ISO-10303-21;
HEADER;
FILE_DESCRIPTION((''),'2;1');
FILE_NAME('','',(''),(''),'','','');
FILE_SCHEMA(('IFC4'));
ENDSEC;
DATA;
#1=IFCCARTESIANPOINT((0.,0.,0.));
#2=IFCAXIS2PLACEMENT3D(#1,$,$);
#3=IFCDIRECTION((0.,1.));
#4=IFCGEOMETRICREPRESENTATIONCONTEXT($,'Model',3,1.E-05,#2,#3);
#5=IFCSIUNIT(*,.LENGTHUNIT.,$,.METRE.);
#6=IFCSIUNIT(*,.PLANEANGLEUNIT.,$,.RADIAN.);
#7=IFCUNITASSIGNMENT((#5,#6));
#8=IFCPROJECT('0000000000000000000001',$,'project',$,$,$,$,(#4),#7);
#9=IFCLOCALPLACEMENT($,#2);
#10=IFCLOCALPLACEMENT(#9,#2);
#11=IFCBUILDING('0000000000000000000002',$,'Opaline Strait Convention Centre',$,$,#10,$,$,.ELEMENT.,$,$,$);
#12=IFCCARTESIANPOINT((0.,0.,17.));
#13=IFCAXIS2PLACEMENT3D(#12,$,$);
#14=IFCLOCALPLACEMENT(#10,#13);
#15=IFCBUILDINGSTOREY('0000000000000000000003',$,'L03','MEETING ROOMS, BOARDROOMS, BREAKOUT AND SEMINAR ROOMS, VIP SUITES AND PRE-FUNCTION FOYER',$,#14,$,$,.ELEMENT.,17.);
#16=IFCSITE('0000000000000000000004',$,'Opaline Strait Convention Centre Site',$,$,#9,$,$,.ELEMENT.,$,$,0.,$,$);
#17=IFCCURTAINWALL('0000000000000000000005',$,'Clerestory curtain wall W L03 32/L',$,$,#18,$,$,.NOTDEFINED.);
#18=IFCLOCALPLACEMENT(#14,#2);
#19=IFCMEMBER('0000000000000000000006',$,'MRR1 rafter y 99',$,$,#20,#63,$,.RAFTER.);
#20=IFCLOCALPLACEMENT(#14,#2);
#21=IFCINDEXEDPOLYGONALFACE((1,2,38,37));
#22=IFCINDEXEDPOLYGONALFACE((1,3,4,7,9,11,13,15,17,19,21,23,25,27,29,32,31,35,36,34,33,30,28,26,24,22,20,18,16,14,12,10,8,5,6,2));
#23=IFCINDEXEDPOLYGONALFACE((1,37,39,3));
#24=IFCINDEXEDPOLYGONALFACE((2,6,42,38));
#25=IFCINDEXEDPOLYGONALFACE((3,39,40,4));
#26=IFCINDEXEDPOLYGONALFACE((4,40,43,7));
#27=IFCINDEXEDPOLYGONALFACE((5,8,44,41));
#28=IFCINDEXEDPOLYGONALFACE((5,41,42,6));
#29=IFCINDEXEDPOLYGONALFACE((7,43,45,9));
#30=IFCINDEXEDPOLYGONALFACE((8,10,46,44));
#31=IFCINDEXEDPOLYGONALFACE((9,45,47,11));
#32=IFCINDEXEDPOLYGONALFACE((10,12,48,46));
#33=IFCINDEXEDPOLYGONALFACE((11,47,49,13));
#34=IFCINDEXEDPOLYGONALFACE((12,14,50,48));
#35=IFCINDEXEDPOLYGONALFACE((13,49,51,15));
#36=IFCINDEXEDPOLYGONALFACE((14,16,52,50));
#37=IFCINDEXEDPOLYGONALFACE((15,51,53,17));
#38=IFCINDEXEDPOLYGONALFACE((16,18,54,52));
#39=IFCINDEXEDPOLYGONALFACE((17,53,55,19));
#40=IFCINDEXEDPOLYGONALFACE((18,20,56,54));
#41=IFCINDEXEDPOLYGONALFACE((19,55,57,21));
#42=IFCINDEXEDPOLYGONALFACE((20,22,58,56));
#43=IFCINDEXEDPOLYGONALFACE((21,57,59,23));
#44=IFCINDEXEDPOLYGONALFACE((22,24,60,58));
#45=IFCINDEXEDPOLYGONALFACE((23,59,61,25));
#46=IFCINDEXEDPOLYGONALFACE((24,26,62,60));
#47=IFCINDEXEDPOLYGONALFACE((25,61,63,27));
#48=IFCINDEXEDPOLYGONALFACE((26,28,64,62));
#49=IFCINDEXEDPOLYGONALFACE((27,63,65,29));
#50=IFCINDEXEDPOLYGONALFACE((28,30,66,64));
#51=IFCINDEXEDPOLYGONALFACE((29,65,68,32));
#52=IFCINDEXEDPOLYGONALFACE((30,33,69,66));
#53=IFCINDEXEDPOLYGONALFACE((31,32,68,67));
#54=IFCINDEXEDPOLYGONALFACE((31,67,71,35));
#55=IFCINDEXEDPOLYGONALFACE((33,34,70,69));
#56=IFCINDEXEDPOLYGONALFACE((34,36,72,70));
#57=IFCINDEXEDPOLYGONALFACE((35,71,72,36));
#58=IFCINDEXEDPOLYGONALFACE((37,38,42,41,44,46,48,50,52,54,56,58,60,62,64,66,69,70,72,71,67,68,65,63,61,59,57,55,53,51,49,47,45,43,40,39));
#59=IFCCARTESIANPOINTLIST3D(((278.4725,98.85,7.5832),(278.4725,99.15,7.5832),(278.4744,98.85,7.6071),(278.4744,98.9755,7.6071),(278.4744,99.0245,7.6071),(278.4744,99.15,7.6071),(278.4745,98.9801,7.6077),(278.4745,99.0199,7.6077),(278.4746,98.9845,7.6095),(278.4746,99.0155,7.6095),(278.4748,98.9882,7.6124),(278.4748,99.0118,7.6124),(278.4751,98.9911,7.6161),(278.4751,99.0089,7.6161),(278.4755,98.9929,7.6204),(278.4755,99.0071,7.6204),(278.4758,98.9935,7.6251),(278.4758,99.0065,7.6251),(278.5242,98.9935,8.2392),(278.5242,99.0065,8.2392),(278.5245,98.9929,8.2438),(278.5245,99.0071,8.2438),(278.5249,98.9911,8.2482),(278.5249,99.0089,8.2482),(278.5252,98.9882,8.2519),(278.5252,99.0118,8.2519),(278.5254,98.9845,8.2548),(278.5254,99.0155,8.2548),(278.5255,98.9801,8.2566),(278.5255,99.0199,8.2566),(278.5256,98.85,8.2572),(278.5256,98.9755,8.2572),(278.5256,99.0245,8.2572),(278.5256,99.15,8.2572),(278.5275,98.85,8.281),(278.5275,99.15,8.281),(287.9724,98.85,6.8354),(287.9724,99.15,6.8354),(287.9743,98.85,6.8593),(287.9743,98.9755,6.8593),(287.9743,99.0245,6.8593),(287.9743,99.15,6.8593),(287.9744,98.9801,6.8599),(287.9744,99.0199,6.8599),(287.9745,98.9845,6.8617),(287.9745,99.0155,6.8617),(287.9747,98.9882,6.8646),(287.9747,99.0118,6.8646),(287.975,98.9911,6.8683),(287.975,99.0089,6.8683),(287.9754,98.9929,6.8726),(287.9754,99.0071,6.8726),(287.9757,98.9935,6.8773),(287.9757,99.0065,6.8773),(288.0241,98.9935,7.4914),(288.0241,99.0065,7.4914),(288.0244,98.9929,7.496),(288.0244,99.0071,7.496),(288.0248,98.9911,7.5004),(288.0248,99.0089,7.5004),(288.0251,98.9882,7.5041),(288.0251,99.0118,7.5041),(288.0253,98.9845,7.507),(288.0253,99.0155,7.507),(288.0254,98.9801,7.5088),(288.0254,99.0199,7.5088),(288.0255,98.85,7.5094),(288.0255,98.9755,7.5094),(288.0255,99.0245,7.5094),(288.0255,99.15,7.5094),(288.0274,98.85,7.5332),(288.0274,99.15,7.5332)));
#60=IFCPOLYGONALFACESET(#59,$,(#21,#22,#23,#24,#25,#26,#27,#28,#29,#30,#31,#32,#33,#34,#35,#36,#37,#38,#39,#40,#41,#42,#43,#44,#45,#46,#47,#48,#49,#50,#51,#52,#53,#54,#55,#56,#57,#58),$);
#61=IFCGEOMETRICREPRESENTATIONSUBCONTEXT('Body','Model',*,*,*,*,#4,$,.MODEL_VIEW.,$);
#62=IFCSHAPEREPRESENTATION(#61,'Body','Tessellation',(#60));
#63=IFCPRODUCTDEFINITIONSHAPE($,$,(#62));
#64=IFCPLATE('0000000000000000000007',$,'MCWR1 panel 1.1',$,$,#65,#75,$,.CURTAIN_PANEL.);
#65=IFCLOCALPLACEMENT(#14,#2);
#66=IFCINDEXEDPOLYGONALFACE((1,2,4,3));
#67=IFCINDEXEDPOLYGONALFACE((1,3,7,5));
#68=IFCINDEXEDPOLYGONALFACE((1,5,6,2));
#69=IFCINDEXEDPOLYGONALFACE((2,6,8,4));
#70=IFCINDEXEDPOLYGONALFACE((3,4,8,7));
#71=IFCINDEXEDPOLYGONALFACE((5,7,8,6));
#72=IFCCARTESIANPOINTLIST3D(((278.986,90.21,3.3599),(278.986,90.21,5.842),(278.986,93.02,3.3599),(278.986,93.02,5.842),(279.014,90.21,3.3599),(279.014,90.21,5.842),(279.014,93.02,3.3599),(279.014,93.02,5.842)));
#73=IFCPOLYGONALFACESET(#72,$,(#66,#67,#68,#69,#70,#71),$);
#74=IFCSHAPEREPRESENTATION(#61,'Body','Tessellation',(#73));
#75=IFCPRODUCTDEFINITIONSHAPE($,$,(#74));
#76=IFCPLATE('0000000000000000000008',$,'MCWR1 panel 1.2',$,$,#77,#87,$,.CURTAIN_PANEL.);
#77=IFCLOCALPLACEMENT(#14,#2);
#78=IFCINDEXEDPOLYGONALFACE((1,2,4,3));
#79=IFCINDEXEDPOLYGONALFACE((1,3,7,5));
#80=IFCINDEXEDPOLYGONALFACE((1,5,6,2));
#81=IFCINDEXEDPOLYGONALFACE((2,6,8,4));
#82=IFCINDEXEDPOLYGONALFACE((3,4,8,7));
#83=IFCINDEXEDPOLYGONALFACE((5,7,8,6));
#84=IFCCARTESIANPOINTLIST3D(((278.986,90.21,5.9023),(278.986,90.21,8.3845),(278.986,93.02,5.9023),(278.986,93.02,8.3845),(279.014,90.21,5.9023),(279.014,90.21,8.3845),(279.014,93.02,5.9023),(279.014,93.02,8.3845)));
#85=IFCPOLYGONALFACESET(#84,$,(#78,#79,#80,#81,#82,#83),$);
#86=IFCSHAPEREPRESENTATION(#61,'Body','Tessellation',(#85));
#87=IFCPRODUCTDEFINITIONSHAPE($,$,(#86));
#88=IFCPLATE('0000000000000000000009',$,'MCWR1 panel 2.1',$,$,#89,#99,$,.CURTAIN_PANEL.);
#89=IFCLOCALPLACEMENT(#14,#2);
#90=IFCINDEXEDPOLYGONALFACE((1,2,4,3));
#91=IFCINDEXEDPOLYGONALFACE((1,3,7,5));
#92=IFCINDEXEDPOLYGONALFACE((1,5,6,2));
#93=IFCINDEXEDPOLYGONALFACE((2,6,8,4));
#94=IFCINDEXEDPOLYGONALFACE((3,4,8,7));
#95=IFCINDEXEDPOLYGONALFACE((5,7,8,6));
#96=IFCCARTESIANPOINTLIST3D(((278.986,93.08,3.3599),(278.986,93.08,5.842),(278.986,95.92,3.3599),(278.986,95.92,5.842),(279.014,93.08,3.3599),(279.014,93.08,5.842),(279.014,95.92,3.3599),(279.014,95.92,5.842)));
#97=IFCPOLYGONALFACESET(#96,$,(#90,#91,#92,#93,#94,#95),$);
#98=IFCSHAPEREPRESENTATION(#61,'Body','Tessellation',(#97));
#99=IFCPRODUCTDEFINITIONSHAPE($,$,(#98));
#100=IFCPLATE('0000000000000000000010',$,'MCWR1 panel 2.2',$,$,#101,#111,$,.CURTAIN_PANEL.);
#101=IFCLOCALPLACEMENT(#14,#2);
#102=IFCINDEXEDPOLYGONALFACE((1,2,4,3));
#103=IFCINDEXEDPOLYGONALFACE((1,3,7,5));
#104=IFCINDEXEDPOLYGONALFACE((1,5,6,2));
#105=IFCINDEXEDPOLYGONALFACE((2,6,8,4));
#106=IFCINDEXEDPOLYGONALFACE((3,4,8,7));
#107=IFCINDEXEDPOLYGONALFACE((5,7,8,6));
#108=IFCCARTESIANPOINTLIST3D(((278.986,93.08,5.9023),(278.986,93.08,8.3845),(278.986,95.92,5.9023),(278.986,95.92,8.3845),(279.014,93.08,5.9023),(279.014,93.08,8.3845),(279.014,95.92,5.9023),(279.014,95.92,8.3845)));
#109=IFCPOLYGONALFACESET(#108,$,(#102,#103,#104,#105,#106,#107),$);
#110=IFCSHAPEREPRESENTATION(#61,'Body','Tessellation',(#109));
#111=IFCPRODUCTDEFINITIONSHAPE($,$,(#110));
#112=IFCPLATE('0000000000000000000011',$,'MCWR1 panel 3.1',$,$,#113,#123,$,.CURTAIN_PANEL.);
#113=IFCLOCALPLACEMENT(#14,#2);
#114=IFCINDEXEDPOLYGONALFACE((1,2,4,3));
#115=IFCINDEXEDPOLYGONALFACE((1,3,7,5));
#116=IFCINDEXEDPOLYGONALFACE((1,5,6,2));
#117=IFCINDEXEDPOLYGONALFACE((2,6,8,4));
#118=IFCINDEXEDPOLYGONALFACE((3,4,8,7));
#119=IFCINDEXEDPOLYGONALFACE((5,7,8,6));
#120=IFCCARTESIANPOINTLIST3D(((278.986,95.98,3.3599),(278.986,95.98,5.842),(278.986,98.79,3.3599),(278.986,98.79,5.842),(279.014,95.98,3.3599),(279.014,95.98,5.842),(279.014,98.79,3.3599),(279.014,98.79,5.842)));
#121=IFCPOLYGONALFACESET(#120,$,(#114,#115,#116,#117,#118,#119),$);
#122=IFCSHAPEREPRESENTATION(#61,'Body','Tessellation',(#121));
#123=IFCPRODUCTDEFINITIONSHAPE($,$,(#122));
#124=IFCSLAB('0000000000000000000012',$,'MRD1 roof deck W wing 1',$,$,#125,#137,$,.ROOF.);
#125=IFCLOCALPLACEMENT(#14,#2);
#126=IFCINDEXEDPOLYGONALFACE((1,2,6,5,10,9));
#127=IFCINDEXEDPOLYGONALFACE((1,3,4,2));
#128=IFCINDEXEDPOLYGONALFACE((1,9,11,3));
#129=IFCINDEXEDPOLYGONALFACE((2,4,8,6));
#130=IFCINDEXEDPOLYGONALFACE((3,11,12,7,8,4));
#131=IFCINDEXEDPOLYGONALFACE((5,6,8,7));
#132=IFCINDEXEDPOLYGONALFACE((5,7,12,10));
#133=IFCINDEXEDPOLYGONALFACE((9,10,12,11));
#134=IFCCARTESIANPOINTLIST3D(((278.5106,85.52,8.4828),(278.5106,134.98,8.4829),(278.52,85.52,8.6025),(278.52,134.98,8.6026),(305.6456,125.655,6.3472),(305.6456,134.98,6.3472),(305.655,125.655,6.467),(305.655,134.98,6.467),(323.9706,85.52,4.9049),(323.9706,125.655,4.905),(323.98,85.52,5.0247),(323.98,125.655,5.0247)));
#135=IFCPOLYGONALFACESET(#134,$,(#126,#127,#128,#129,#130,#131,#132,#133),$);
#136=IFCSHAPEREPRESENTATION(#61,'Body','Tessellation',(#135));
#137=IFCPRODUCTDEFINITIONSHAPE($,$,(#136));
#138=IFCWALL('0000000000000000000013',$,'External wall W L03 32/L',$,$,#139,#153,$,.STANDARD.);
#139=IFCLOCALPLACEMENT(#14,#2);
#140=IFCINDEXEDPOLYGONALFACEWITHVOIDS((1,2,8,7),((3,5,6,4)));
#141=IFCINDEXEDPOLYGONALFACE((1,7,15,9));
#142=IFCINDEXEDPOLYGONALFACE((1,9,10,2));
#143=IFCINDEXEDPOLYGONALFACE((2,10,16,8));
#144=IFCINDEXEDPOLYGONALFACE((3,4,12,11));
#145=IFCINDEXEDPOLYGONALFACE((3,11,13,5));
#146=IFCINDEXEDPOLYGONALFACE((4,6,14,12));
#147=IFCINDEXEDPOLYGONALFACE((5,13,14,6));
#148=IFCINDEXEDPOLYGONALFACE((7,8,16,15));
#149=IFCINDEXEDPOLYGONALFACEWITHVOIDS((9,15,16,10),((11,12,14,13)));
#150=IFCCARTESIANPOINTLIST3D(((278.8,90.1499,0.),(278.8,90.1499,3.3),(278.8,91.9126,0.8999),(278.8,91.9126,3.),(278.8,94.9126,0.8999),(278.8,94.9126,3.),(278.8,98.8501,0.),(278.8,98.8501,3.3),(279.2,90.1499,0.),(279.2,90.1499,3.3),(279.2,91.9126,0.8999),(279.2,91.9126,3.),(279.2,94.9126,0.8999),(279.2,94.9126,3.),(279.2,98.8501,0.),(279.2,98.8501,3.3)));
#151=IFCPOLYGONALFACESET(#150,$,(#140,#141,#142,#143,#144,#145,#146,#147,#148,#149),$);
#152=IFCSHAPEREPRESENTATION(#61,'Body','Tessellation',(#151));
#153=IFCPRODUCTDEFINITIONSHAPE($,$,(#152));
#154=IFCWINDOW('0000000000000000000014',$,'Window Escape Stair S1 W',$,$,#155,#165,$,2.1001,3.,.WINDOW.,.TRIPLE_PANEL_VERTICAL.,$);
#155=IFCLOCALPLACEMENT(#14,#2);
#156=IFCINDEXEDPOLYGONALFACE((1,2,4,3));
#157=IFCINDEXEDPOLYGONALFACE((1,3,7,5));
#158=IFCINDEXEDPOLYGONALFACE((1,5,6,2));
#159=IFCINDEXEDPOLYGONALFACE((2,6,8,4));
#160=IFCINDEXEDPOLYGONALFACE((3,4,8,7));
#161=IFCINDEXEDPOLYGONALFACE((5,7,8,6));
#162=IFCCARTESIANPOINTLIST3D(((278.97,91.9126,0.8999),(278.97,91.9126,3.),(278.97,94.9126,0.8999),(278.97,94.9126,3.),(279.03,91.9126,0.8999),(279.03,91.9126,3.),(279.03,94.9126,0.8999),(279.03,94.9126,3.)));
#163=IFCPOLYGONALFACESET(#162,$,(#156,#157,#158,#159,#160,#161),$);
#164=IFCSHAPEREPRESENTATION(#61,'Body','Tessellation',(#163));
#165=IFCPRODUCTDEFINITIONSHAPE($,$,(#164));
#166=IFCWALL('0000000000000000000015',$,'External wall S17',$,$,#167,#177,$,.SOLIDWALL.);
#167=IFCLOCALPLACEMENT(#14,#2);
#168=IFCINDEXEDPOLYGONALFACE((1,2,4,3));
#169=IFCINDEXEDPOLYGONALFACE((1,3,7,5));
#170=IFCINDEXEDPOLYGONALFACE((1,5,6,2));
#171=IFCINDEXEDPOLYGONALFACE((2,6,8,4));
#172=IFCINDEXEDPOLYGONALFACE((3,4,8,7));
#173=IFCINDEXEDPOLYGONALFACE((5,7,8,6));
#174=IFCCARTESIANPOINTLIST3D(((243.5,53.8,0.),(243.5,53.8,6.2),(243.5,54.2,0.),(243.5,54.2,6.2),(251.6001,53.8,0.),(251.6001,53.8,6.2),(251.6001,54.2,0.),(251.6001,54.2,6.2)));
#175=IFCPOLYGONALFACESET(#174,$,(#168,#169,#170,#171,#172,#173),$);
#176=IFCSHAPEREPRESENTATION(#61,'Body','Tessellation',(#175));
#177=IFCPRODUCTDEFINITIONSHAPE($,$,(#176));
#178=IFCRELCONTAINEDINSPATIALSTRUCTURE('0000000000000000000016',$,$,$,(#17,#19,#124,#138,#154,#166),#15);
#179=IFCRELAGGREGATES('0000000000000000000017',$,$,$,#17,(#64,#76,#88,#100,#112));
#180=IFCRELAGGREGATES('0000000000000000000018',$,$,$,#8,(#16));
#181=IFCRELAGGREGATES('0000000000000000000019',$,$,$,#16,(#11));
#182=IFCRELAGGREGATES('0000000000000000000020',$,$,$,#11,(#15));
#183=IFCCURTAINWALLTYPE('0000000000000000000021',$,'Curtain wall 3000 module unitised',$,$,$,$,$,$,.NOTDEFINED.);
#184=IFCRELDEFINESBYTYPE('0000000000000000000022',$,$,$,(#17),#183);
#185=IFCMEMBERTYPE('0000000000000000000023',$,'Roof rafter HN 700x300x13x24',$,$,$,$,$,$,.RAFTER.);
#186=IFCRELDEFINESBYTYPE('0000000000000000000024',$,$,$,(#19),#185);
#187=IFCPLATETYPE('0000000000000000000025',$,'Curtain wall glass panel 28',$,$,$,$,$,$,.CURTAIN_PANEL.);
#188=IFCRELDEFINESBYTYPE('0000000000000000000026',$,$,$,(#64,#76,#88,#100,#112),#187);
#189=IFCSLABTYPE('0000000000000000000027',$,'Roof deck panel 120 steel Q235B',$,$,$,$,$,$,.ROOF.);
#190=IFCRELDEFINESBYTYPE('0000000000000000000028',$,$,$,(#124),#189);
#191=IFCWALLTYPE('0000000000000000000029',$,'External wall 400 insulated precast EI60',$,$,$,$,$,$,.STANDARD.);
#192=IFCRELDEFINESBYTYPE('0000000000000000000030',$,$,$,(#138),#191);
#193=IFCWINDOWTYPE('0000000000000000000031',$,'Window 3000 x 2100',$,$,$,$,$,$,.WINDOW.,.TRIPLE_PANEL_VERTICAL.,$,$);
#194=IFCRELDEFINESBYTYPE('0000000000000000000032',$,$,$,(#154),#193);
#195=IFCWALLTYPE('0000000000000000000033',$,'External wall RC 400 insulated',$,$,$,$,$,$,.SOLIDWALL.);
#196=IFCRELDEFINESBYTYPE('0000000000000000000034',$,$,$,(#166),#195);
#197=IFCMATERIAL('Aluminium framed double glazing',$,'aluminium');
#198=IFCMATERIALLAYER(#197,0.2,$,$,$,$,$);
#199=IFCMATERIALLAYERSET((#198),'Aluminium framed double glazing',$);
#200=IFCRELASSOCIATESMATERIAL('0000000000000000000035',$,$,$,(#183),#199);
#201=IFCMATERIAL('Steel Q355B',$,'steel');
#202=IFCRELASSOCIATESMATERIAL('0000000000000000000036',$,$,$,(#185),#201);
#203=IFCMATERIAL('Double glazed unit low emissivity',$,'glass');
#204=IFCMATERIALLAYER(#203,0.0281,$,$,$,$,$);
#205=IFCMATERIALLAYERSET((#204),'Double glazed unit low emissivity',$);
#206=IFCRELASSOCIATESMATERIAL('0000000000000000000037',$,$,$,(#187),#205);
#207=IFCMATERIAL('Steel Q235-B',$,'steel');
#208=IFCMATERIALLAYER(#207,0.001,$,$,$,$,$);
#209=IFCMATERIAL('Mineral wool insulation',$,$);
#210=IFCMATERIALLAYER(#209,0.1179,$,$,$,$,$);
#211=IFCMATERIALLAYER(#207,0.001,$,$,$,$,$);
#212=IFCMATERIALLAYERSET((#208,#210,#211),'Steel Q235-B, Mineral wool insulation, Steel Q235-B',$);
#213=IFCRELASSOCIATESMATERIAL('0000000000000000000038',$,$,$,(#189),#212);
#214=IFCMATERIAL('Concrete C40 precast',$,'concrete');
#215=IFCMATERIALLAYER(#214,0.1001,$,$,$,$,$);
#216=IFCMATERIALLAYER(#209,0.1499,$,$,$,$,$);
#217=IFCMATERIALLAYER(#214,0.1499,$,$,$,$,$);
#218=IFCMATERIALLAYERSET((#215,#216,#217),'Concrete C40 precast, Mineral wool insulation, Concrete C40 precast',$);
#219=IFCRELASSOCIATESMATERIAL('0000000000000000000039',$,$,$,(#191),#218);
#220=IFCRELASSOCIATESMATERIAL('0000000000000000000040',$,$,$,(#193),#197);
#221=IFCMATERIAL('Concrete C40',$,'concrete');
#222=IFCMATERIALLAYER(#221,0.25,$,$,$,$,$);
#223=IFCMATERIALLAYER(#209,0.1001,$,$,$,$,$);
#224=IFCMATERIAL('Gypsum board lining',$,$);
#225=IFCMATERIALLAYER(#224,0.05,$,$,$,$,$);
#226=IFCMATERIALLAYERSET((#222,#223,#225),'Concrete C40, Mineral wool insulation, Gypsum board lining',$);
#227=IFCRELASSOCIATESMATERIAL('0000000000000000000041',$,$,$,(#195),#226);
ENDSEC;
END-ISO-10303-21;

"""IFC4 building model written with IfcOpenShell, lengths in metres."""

from ifc_helpers import new_model, si_unit, direction, frame, frame_2d, origin, origin_2d, place, context, subcontext, project, spatial, polyline, rectangle, i_section, outline, extrude, material, layer, layer_set, material_profile, profile_set, type_object, element, fill, aggregate, save


model = new_model("IFC4")

# Units and contexts
model_context = context("Model", 3, precision=1e-05, world=origin(), true_north=direction((0.0, 1.0)))
body_context = subcontext(model_context, "Body", "Model", "MODEL_VIEW")
ifc_project = project(units=[si_unit("LENGTHUNIT", "METRE"), si_unit("PLANEANGLEUNIT", "RADIAN")], contexts=[model_context])

# Site, building, storey
site_placement = place(None, origin())
site = spatial("IfcSite", under=ifc_project, at=site_placement, Name="Opaline Strait Convention Centre Site", CompositionType="ELEMENT", RefElevation=0.0)
building_placement = place(site_placement, origin())
building = spatial("IfcBuilding", under=site, at=building_placement, Name="Opaline Strait Convention Centre", CompositionType="ELEMENT")
storey_placement = place(building_placement, frame((0.0, 0.0, 17.0)))
storey = spatial("IfcBuildingStorey", under=building, at=storey_placement, Name="L03", Description="MEETING ROOMS, BOARDROOMS, BREAKOUT AND SEMINAR ROOMS, VIP SUITES AND PRE-FUNCTION FOYER", CompositionType="ELEMENT", Elevation=17.0)

# Shared definitions
ifc_material_1 = material(Name="Steel Q355B", Category="steel")

# Curtain wall
ifc_material_2 = material(Name="Aluminium framed double glazing", Category="aluminium")
ifc_layer_1 = layer(ifc_material_2, 0.2)
ifc_layer_set_1 = layer_set([ifc_layer_1], Name="Aluminium framed double glazing")
curtain_wall_type = type_object("IfcCurtainWallType", Name="Curtain wall 3000 module unitised", PredefinedType="NOTDEFINED", material=ifc_layer_set_1)
curtain_wall_placement = place(storey_placement, origin())
curtain_wall = element("IfcCurtainWall", 1, at=curtain_wall_placement, inside=storey, type_object=curtain_wall_type, Name="Clerestory curtain wall W L03 32/L", PredefinedType="NOTDEFINED")

# Member
ifc_material_profile_1 = material_profile(ifc_material_1, i_section(OverallWidth=0.3, OverallDepth=0.7, WebThickness=0.0129, FlangeThickness=0.0239, FilletRadius=0.0181, at=origin_2d()), Name="HN 700x300x13x24")
ifc_profile_set_1 = profile_set([ifc_material_profile_1], Name="Steel Q355B")
member_type_1 = type_object("IfcMemberType", Name="Roof rafter HN 700x300x13x24", PredefinedType="RAFTER", material=ifc_profile_set_1)
for number, where, z_axis, x_axis, name in (
    (2, (278.5, 99.0, 7.9321), (0.996916, 0.0, -0.078473), (0.0, 1.0, 0.0), "MRR1 rafter y 99"),
):
    element("IfcMember", number, at=place(storey_placement, frame(where, z_axis=z_axis, x_axis=x_axis)), inside=storey, type_object=member_type_1, Name=name, PredefinedType="RAFTER", context=body_context, shape_type="SweptSolid", body=[
        extrude(i_section(OverallWidth=0.3, OverallDepth=0.7, WebThickness=0.0129, FlangeThickness=0.0239, FilletRadius=0.0181, at=origin_2d()), origin(), (0.0, 0.0, 1.0), 9.5293),
    ])

# Plates
ifc_material_3 = material(Name="Double glazed unit low emissivity", Category="glass")
ifc_layer_2 = layer(ifc_material_3, 0.0281)
ifc_layer_set_2 = layer_set([ifc_layer_2], Name="Double glazed unit low emissivity")
plate_type = type_object("IfcPlateType", Name="Curtain wall glass panel 28", PredefinedType="CURTAIN_PANEL", material=ifc_layer_set_2)
plate_1_placement = place(storey_placement, frame((279.0, 91.615, 3.3599), z_axis=(0.0, 0.0, 1.0), x_axis=(0.0, 1.0, 0.0)))
plate_1 = element("IfcPlate", 3, at=plate_1_placement, type_object=plate_type, Name="MCWR1 panel 1.1", PredefinedType="CURTAIN_PANEL", context=body_context, shape_type="SweptSolid", body=[
    extrude(rectangle(XDim=2.8101, YDim=0.0281, at=origin_2d()), origin(), (0.0, 0.0, 1.0), 2.4822),
])
plate_2_placement = place(storey_placement, frame((279.0, 91.615, 5.9023), z_axis=(0.0, 0.0, 1.0), x_axis=(0.0, 1.0, 0.0)))
plate_2 = element("IfcPlate", 4, at=plate_2_placement, type_object=plate_type, Name="MCWR1 panel 1.2", PredefinedType="CURTAIN_PANEL", context=body_context, shape_type="SweptSolid", body=[
    extrude(rectangle(XDim=2.8101, YDim=0.0281, at=origin_2d()), origin(), (0.0, 0.0, 1.0), 2.4822),
])
plate_3_placement = place(storey_placement, frame((279.0, 94.5, 3.3599), z_axis=(0.0, 0.0, 1.0), x_axis=(0.0, 1.0, 0.0)))
plate_3 = element("IfcPlate", 5, at=plate_3_placement, type_object=plate_type, Name="MCWR1 panel 2.1", PredefinedType="CURTAIN_PANEL", context=body_context, shape_type="SweptSolid", body=[
    extrude(rectangle(XDim=2.8401, YDim=0.0281, at=origin_2d()), origin(), (0.0, 0.0, 1.0), 2.4822),
])
plate_4_placement = place(storey_placement, frame((279.0, 94.5, 5.9023), z_axis=(0.0, 0.0, 1.0), x_axis=(0.0, 1.0, 0.0)))
plate_4 = element("IfcPlate", 6, at=plate_4_placement, type_object=plate_type, Name="MCWR1 panel 2.2", PredefinedType="CURTAIN_PANEL", context=body_context, shape_type="SweptSolid", body=[
    extrude(rectangle(XDim=2.8401, YDim=0.0281, at=origin_2d()), origin(), (0.0, 0.0, 1.0), 2.4822),
])
plate_5_placement = place(storey_placement, frame((279.0, 97.385, 3.3599), z_axis=(0.0, 0.0, 1.0), x_axis=(0.0, 1.0, 0.0)))
plate_5 = element("IfcPlate", 7, at=plate_5_placement, type_object=plate_type, Name="MCWR1 panel 3.1", PredefinedType="CURTAIN_PANEL", context=body_context, shape_type="SweptSolid", body=[
    extrude(rectangle(XDim=2.8101, YDim=0.0281, at=origin_2d()), origin(), (0.0, 0.0, 1.0), 2.4822),
])
aggregate(curtain_wall, [plate_1, plate_2, plate_3, plate_4, plate_5])

# Slab
ifc_material_4 = material(Name="Steel Q235-B", Category="steel")
ifc_layer_3 = layer(ifc_material_4, 0.001)
ifc_material_5 = material(Name="Mineral wool insulation")
ifc_layer_4 = layer(ifc_material_5, 0.1179)
ifc_layer_5 = layer(ifc_material_4, 0.001)
ifc_layer_set_3 = layer_set([ifc_layer_3, ifc_layer_4, ifc_layer_5], Name="Steel Q235-B, Mineral wool insulation, Steel Q235-B")
slab_type = type_object("IfcSlabType", Name="Roof deck panel 120 steel Q235B", PredefinedType="ROOF", material=ifc_layer_set_3)
slab_placement = place(storey_placement, frame((278.52, 85.52, 8.6025), z_axis=(0.078461, -0.000001, 0.996917), x_axis=(0.0, 1.0, 0.000001)))
element("IfcSlab", 8, at=slab_placement, inside=storey, type_object=slab_type, Name="MRD1 roof deck W wing 1", PredefinedType="ROOF", context=body_context, shape_type="SweptSolid", body=[
    extrude(outline(polyline([(0.0, 0.0), (49.46, 0.0), (49.46, -27.2189), (40.135, -27.2189), (40.135, -45.6005), (0.0, -45.6005), (0.0, 0.0)])), origin(), (0.0, 0.0, -1.0), 0.1201),
])

# Wall, opening, window
ifc_material_6 = material(Name="Concrete C40 precast", Category="concrete")
ifc_layer_6 = layer(ifc_material_6, 0.1001)
ifc_layer_7 = layer(ifc_material_5, 0.1499)
ifc_layer_8 = layer(ifc_material_6, 0.1499)
ifc_layer_set_4 = layer_set([ifc_layer_6, ifc_layer_7, ifc_layer_8], Name="Concrete C40 precast, Mineral wool insulation, Concrete C40 precast")
wall_type_1 = type_object("IfcWallType", Name="External wall 400 insulated precast EI60", PredefinedType="STANDARD", material=ifc_layer_set_4)
wall_1_placement = place(storey_placement, frame((279.0, 90.1499, 0.0), z_axis=(0.0, 0.0, 1.0), x_axis=(0.0, 1.0, 0.0)))
wall_1 = element("IfcWall", 9, at=wall_1_placement, inside=storey, type_object=wall_type_1, Name="External wall W L03 32/L", PredefinedType="STANDARD", context=body_context, shape_type="SweptSolid", body=[
    extrude(rectangle(XDim=8.7002, YDim=0.3999, at=frame_2d((4.3501, 0.0))), origin(), (0.0, 0.0, 1.0), 3.3),
])
opening_placement = place(wall_1_placement, frame((1.7627, 0.0, 0.8999)))
opening = element("IfcOpeningElement", 10, at=opening_placement, cuts=wall_1, PredefinedType="OPENING", context=body_context, shape_type="SweptSolid", body=[
    extrude(rectangle(XDim=3.0, YDim=2.1001, at=frame_2d((1.5, 1.05))), frame((0.0, 0.21, 0.0), z_axis=(0.0, -1.0, 0.0), x_axis=(1.0, 0.0, 0.0)), (0.0, 0.0, 1.0), 0.4199),
])
window_type = type_object("IfcWindowType", Name="Window 3000 x 2100", PartitioningType="TRIPLE_PANEL_VERTICAL", PredefinedType="WINDOW", material=ifc_material_2)
window_placement = place(opening_placement, origin())
window = element("IfcWindow", 11, at=window_placement, inside=storey, type_object=window_type, Name="Window Escape Stair S1 W", OverallHeight=2.1001, OverallWidth=3.0, PartitioningType="TRIPLE_PANEL_VERTICAL", PredefinedType="WINDOW", context=body_context, shape_type="SweptSolid", body=[
    extrude(rectangle(XDim=3.0, YDim=2.1001, at=frame_2d((1.5, 1.05))), frame((0.0, 0.03, 0.0), z_axis=(0.0, -1.0, 0.0), x_axis=(1.0, 0.0, 0.0)), (0.0, 0.0, 1.0), 0.0601),
])
fill(opening, window)

# Wall
ifc_material_7 = material(Name="Concrete C40", Category="concrete")
ifc_layer_9 = layer(ifc_material_7, 0.25)
ifc_layer_10 = layer(ifc_material_5, 0.1001)
ifc_material_8 = material(Name="Gypsum board lining")
ifc_layer_11 = layer(ifc_material_8, 0.05)
ifc_layer_set_5 = layer_set([ifc_layer_9, ifc_layer_10, ifc_layer_11], Name="Concrete C40, Mineral wool insulation, Gypsum board lining")
wall_type_2 = type_object("IfcWallType", Name="External wall RC 400 insulated", PredefinedType="SOLIDWALL", material=ifc_layer_set_5)
for number, where, z_axis, x_axis, name in (
    (12, (243.5, 54.0, 0.0), (0.0, 0.0, 1.0), (1.0, 0.0, 0.0), "External wall S17"),
):
    element("IfcWall", number, at=place(storey_placement, frame(where, z_axis=z_axis, x_axis=x_axis)), inside=storey, type_object=wall_type_2, Name=name, PredefinedType="SOLIDWALL", context=body_context, shape_type="SweptSolid", body=[
        extrude(rectangle(XDim=8.1001, YDim=0.3999, at=frame_2d((4.05, 0.0))), origin(), (0.0, 0.0, 1.0), 6.2),
    ])

save(model, "model.ifc")
